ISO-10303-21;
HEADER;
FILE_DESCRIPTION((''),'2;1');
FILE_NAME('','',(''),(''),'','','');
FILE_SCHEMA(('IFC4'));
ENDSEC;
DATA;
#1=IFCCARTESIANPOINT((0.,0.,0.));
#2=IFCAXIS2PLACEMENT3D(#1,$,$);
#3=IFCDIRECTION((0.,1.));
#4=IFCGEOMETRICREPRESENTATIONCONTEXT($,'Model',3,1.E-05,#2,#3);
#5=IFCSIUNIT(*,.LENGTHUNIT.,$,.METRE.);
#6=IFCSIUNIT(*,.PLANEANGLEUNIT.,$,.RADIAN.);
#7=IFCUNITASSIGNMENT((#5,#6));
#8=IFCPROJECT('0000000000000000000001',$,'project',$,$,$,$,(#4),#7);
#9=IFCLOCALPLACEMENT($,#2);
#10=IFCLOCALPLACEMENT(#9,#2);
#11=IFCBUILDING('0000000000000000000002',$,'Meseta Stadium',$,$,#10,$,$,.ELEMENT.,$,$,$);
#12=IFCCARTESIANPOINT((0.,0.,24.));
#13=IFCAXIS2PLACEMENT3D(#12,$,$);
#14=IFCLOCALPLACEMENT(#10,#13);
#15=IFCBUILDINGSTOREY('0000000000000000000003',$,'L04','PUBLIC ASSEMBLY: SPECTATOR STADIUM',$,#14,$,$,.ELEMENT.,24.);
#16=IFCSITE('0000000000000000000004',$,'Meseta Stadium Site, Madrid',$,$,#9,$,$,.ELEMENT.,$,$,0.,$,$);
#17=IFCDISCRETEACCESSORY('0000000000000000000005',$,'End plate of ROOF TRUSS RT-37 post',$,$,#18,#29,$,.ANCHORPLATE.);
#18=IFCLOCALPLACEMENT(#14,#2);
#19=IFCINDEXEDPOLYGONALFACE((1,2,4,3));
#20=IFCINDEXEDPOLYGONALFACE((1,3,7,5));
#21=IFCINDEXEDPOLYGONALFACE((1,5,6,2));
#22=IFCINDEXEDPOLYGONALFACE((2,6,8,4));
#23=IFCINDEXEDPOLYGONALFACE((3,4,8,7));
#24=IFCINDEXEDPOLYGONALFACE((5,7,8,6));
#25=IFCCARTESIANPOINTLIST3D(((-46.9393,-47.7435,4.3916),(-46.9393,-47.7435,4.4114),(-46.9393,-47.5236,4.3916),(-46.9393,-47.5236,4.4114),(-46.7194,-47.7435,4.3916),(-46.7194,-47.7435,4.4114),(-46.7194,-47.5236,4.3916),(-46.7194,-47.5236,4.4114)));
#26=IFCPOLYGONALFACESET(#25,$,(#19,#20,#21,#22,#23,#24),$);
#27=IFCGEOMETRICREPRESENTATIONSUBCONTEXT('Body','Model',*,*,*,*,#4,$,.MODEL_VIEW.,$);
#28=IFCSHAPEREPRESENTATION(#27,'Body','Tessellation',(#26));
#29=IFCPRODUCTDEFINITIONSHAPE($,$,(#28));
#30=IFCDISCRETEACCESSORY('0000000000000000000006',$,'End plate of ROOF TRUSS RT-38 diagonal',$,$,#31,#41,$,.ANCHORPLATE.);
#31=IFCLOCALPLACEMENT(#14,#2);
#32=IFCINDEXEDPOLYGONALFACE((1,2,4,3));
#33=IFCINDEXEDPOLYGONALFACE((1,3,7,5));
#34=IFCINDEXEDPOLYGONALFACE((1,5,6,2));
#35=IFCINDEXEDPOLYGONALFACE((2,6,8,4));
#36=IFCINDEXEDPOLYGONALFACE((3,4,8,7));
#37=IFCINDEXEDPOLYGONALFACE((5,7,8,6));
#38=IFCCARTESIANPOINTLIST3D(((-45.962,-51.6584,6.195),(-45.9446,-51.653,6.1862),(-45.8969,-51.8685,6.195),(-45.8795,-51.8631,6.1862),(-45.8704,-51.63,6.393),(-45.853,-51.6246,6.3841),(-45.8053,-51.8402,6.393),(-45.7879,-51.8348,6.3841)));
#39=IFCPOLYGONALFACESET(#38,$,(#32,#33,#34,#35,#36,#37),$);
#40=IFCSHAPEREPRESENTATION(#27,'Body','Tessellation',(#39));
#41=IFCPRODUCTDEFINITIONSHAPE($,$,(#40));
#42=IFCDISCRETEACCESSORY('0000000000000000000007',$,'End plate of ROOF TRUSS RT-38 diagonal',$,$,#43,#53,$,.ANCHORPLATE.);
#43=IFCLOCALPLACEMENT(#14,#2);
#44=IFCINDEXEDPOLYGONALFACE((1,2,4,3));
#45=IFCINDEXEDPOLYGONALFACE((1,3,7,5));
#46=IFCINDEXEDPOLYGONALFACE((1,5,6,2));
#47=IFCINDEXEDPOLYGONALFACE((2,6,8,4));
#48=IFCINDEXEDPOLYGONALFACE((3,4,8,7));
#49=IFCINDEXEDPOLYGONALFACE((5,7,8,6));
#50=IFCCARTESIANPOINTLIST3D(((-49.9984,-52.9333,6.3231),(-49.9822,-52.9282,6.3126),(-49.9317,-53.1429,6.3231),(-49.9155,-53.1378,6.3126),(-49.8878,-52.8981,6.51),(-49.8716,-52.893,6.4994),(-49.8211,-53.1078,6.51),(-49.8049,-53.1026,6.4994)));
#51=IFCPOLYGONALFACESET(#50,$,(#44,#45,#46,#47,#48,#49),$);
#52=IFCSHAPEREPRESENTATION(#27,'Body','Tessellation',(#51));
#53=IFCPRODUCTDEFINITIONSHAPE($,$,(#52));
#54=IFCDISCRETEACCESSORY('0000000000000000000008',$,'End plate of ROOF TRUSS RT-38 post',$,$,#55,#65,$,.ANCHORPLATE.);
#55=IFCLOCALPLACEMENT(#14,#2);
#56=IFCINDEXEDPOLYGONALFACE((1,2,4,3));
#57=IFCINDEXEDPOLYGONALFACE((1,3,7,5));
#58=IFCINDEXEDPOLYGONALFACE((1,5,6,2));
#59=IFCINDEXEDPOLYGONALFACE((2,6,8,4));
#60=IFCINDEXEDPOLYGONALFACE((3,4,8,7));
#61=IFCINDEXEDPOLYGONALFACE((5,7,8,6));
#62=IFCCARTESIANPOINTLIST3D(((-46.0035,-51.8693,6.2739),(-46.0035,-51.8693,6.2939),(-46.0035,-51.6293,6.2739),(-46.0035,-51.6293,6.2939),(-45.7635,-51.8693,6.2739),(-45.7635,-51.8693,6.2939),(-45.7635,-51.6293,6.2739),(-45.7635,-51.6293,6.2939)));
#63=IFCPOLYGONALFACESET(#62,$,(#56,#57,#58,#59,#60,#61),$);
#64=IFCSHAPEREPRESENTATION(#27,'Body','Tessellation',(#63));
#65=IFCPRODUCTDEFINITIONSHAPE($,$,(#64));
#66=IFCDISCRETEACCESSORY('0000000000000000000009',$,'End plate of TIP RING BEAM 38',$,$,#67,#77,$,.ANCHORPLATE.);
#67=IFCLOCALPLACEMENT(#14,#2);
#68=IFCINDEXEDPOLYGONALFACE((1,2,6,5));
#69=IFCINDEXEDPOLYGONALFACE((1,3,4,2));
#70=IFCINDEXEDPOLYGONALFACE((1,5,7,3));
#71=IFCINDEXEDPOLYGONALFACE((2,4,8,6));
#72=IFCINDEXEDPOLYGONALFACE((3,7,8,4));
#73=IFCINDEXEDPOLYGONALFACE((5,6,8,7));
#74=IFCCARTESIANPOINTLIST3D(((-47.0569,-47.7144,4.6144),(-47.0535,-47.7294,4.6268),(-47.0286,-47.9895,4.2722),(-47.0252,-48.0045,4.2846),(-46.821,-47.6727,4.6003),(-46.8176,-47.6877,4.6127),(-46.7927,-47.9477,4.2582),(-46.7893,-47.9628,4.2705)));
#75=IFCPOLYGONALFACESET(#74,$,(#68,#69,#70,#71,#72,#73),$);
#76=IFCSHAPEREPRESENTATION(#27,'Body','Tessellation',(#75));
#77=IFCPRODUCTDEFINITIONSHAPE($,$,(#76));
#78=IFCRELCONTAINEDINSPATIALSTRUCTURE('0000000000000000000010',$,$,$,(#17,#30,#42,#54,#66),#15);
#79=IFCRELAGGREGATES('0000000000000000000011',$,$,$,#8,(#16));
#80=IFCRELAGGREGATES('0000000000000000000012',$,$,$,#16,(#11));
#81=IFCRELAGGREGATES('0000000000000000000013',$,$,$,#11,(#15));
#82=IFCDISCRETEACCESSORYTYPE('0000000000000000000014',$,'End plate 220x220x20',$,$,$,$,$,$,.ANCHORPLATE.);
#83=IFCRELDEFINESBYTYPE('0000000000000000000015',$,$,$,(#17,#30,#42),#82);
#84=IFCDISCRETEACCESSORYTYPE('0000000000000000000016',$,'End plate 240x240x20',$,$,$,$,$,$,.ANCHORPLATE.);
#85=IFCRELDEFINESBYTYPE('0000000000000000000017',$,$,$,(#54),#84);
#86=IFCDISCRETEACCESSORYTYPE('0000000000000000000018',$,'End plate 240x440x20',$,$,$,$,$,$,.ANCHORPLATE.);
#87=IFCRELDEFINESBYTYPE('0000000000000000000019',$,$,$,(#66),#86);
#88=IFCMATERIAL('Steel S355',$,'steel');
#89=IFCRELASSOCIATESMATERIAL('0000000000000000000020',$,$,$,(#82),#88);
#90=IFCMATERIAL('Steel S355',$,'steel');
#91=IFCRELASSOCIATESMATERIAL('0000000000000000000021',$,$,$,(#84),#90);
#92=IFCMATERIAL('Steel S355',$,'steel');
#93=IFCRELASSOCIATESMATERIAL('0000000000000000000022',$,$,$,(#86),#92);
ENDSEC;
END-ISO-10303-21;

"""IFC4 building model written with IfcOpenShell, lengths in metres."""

from ifc_helpers import new_model, si_unit, direction, frame, origin, origin_2d, place, context, subcontext, project, spatial, rectangle, extrude, material, material_profile, profile_set, type_object, element, save


model = new_model("IFC4")

# Units and contexts
model_context = context("Model", 3, precision=1e-05, world=origin(), true_north=direction((0.0, 1.0)))
body_context = subcontext(model_context, "Body", "Model", "MODEL_VIEW")
ifc_project = project(units=[si_unit("LENGTHUNIT", "METRE"), si_unit("PLANEANGLEUNIT", "RADIAN")], contexts=[model_context])

# Site, building, storey
site_placement = place(None, origin())
site = spatial("IfcSite", under=ifc_project, at=site_placement, Name="Meseta Stadium Site, Madrid", CompositionType="ELEMENT", RefElevation=0.0)
building_placement = place(site_placement, origin())
building = spatial("IfcBuilding", under=site, at=building_placement, Name="Meseta Stadium", CompositionType="ELEMENT")
storey_placement = place(building_placement, frame((0.0, 0.0, 24.0)))
storey = spatial("IfcBuildingStorey", under=building, at=storey_placement, Name="L04", Description="PUBLIC ASSEMBLY: SPECTATOR STADIUM", CompositionType="ELEMENT", Elevation=24.0)

# Discrete accessories
ifc_material_1 = material(Name="Steel S355", Category="steel")
ifc_material_profile_1 = material_profile(ifc_material_1, rectangle(XDim=0.22, YDim=0.22, at=origin_2d()), Name="PL 220x220")
ifc_profile_set_1 = profile_set([ifc_material_profile_1], Name="Steel S355")
discrete_accessory_type_1 = type_object("IfcDiscreteAccessoryType", Name="End plate 220x220x20", PredefinedType="ANCHORPLATE", material=ifc_profile_set_1)
discrete_accessory_1_placement = place(storey_placement, frame((-46.8293, -47.6335, 4.3916), z_axis=(0.0, 0.0, 1.0), x_axis=(1.0, 0.0, 0.0)))
element("IfcDiscreteAccessory", 1, at=discrete_accessory_1_placement, inside=storey, type_object=discrete_accessory_type_1, Name="End plate of ROOF TRUSS RT-37 post", PredefinedType="ANCHORPLATE", context=body_context, shape_type="SweptSolid", body=[
    extrude(rectangle(XDim=0.22, YDim=0.22, at=origin_2d()), origin(), (0.0, 0.0, 1.0), 0.0198),
])
discrete_accessory_2_placement = place(storey_placement, frame((-45.8662, -51.7439, 6.2852), z_axis=(-0.859675, -0.266378, 0.435892), x_axis=(0.295976, -0.955195, 0.0)))
element("IfcDiscreteAccessory", 2, at=discrete_accessory_2_placement, inside=storey, type_object=discrete_accessory_type_1, Name="End plate of ROOF TRUSS RT-38 diagonal", PredefinedType="ANCHORPLATE", context=body_context, shape_type="SweptSolid", body=[
    extrude(rectangle(XDim=0.22, YDim=0.22, at=origin_2d()), origin(), (0.0, 0.0, 1.0), 0.0203),
])
discrete_accessory_3_placement = place(storey_placement, frame((-49.8936, -53.0154, 6.406), z_axis=(-0.809587, -0.257596, 0.527458), x_axis=(0.303204, -0.952926, 0.0)))
element("IfcDiscreteAccessory", 3, at=discrete_accessory_3_placement, inside=storey, type_object=discrete_accessory_type_1, Name="End plate of ROOF TRUSS RT-38 diagonal", PredefinedType="ANCHORPLATE", context=body_context, shape_type="SweptSolid", body=[
    extrude(rectangle(XDim=0.22, YDim=0.22, at=origin_2d()), origin(), (0.0, 0.0, 1.0), 0.02),
])
ifc_material_2 = material(Name="Steel S355", Category="steel")
ifc_material_profile_2 = material_profile(ifc_material_2, rectangle(XDim=0.24, YDim=0.24, at=origin_2d()), Name="PL 240x240")
ifc_profile_set_2 = profile_set([ifc_material_profile_2], Name="Steel S355")
discrete_accessory_type_2 = type_object("IfcDiscreteAccessoryType", Name="End plate 240x240x20", PredefinedType="ANCHORPLATE", material=ifc_profile_set_2)
discrete_accessory_4_placement = place(storey_placement, frame((-45.8835, -51.7493, 6.2739), z_axis=(0.0, 0.0, 1.0), x_axis=(1.0, 0.0, 0.0)))
element("IfcDiscreteAccessory", 4, at=discrete_accessory_4_placement, inside=storey, type_object=discrete_accessory_type_2, Name="End plate of ROOF TRUSS RT-38 post", PredefinedType="ANCHORPLATE", context=body_context, shape_type="SweptSolid", body=[
    extrude(rectangle(XDim=0.24, YDim=0.24, at=origin_2d()), origin(), (0.0, 0.0, 1.0), 0.02),
])
ifc_material_3 = material(Name="Steel S355", Category="steel")
ifc_material_profile_3 = material_profile(ifc_material_3, rectangle(XDim=0.24, YDim=0.4399, at=origin_2d()), Name="PL 240x440")
ifc_profile_set_3 = profile_set([ifc_material_profile_3], Name="Steel S355")
discrete_accessory_type_3 = type_object("IfcDiscreteAccessoryType", Name="End plate 240x440x20", PredefinedType="ANCHORPLATE", material=ifc_profile_set_3)
discrete_accessory_5_placement = place(storey_placement, frame((-46.9248, -47.8311, 4.4363), z_axis=(0.171795, -0.760808, 0.625826), x_axis=(0.983034, 0.173836, -0.058522)))
element("IfcDiscreteAccessory", 5, at=discrete_accessory_5_placement, inside=storey, type_object=discrete_accessory_type_3, Name="End plate of TIP RING BEAM 38", PredefinedType="ANCHORPLATE", context=body_context, shape_type="SweptSolid", body=[
    extrude(rectangle(XDim=0.24, YDim=0.4399, at=origin_2d()), origin(), (0.0, 0.0, 1.0), 0.0198),
])

save(model, "model.ifc")
